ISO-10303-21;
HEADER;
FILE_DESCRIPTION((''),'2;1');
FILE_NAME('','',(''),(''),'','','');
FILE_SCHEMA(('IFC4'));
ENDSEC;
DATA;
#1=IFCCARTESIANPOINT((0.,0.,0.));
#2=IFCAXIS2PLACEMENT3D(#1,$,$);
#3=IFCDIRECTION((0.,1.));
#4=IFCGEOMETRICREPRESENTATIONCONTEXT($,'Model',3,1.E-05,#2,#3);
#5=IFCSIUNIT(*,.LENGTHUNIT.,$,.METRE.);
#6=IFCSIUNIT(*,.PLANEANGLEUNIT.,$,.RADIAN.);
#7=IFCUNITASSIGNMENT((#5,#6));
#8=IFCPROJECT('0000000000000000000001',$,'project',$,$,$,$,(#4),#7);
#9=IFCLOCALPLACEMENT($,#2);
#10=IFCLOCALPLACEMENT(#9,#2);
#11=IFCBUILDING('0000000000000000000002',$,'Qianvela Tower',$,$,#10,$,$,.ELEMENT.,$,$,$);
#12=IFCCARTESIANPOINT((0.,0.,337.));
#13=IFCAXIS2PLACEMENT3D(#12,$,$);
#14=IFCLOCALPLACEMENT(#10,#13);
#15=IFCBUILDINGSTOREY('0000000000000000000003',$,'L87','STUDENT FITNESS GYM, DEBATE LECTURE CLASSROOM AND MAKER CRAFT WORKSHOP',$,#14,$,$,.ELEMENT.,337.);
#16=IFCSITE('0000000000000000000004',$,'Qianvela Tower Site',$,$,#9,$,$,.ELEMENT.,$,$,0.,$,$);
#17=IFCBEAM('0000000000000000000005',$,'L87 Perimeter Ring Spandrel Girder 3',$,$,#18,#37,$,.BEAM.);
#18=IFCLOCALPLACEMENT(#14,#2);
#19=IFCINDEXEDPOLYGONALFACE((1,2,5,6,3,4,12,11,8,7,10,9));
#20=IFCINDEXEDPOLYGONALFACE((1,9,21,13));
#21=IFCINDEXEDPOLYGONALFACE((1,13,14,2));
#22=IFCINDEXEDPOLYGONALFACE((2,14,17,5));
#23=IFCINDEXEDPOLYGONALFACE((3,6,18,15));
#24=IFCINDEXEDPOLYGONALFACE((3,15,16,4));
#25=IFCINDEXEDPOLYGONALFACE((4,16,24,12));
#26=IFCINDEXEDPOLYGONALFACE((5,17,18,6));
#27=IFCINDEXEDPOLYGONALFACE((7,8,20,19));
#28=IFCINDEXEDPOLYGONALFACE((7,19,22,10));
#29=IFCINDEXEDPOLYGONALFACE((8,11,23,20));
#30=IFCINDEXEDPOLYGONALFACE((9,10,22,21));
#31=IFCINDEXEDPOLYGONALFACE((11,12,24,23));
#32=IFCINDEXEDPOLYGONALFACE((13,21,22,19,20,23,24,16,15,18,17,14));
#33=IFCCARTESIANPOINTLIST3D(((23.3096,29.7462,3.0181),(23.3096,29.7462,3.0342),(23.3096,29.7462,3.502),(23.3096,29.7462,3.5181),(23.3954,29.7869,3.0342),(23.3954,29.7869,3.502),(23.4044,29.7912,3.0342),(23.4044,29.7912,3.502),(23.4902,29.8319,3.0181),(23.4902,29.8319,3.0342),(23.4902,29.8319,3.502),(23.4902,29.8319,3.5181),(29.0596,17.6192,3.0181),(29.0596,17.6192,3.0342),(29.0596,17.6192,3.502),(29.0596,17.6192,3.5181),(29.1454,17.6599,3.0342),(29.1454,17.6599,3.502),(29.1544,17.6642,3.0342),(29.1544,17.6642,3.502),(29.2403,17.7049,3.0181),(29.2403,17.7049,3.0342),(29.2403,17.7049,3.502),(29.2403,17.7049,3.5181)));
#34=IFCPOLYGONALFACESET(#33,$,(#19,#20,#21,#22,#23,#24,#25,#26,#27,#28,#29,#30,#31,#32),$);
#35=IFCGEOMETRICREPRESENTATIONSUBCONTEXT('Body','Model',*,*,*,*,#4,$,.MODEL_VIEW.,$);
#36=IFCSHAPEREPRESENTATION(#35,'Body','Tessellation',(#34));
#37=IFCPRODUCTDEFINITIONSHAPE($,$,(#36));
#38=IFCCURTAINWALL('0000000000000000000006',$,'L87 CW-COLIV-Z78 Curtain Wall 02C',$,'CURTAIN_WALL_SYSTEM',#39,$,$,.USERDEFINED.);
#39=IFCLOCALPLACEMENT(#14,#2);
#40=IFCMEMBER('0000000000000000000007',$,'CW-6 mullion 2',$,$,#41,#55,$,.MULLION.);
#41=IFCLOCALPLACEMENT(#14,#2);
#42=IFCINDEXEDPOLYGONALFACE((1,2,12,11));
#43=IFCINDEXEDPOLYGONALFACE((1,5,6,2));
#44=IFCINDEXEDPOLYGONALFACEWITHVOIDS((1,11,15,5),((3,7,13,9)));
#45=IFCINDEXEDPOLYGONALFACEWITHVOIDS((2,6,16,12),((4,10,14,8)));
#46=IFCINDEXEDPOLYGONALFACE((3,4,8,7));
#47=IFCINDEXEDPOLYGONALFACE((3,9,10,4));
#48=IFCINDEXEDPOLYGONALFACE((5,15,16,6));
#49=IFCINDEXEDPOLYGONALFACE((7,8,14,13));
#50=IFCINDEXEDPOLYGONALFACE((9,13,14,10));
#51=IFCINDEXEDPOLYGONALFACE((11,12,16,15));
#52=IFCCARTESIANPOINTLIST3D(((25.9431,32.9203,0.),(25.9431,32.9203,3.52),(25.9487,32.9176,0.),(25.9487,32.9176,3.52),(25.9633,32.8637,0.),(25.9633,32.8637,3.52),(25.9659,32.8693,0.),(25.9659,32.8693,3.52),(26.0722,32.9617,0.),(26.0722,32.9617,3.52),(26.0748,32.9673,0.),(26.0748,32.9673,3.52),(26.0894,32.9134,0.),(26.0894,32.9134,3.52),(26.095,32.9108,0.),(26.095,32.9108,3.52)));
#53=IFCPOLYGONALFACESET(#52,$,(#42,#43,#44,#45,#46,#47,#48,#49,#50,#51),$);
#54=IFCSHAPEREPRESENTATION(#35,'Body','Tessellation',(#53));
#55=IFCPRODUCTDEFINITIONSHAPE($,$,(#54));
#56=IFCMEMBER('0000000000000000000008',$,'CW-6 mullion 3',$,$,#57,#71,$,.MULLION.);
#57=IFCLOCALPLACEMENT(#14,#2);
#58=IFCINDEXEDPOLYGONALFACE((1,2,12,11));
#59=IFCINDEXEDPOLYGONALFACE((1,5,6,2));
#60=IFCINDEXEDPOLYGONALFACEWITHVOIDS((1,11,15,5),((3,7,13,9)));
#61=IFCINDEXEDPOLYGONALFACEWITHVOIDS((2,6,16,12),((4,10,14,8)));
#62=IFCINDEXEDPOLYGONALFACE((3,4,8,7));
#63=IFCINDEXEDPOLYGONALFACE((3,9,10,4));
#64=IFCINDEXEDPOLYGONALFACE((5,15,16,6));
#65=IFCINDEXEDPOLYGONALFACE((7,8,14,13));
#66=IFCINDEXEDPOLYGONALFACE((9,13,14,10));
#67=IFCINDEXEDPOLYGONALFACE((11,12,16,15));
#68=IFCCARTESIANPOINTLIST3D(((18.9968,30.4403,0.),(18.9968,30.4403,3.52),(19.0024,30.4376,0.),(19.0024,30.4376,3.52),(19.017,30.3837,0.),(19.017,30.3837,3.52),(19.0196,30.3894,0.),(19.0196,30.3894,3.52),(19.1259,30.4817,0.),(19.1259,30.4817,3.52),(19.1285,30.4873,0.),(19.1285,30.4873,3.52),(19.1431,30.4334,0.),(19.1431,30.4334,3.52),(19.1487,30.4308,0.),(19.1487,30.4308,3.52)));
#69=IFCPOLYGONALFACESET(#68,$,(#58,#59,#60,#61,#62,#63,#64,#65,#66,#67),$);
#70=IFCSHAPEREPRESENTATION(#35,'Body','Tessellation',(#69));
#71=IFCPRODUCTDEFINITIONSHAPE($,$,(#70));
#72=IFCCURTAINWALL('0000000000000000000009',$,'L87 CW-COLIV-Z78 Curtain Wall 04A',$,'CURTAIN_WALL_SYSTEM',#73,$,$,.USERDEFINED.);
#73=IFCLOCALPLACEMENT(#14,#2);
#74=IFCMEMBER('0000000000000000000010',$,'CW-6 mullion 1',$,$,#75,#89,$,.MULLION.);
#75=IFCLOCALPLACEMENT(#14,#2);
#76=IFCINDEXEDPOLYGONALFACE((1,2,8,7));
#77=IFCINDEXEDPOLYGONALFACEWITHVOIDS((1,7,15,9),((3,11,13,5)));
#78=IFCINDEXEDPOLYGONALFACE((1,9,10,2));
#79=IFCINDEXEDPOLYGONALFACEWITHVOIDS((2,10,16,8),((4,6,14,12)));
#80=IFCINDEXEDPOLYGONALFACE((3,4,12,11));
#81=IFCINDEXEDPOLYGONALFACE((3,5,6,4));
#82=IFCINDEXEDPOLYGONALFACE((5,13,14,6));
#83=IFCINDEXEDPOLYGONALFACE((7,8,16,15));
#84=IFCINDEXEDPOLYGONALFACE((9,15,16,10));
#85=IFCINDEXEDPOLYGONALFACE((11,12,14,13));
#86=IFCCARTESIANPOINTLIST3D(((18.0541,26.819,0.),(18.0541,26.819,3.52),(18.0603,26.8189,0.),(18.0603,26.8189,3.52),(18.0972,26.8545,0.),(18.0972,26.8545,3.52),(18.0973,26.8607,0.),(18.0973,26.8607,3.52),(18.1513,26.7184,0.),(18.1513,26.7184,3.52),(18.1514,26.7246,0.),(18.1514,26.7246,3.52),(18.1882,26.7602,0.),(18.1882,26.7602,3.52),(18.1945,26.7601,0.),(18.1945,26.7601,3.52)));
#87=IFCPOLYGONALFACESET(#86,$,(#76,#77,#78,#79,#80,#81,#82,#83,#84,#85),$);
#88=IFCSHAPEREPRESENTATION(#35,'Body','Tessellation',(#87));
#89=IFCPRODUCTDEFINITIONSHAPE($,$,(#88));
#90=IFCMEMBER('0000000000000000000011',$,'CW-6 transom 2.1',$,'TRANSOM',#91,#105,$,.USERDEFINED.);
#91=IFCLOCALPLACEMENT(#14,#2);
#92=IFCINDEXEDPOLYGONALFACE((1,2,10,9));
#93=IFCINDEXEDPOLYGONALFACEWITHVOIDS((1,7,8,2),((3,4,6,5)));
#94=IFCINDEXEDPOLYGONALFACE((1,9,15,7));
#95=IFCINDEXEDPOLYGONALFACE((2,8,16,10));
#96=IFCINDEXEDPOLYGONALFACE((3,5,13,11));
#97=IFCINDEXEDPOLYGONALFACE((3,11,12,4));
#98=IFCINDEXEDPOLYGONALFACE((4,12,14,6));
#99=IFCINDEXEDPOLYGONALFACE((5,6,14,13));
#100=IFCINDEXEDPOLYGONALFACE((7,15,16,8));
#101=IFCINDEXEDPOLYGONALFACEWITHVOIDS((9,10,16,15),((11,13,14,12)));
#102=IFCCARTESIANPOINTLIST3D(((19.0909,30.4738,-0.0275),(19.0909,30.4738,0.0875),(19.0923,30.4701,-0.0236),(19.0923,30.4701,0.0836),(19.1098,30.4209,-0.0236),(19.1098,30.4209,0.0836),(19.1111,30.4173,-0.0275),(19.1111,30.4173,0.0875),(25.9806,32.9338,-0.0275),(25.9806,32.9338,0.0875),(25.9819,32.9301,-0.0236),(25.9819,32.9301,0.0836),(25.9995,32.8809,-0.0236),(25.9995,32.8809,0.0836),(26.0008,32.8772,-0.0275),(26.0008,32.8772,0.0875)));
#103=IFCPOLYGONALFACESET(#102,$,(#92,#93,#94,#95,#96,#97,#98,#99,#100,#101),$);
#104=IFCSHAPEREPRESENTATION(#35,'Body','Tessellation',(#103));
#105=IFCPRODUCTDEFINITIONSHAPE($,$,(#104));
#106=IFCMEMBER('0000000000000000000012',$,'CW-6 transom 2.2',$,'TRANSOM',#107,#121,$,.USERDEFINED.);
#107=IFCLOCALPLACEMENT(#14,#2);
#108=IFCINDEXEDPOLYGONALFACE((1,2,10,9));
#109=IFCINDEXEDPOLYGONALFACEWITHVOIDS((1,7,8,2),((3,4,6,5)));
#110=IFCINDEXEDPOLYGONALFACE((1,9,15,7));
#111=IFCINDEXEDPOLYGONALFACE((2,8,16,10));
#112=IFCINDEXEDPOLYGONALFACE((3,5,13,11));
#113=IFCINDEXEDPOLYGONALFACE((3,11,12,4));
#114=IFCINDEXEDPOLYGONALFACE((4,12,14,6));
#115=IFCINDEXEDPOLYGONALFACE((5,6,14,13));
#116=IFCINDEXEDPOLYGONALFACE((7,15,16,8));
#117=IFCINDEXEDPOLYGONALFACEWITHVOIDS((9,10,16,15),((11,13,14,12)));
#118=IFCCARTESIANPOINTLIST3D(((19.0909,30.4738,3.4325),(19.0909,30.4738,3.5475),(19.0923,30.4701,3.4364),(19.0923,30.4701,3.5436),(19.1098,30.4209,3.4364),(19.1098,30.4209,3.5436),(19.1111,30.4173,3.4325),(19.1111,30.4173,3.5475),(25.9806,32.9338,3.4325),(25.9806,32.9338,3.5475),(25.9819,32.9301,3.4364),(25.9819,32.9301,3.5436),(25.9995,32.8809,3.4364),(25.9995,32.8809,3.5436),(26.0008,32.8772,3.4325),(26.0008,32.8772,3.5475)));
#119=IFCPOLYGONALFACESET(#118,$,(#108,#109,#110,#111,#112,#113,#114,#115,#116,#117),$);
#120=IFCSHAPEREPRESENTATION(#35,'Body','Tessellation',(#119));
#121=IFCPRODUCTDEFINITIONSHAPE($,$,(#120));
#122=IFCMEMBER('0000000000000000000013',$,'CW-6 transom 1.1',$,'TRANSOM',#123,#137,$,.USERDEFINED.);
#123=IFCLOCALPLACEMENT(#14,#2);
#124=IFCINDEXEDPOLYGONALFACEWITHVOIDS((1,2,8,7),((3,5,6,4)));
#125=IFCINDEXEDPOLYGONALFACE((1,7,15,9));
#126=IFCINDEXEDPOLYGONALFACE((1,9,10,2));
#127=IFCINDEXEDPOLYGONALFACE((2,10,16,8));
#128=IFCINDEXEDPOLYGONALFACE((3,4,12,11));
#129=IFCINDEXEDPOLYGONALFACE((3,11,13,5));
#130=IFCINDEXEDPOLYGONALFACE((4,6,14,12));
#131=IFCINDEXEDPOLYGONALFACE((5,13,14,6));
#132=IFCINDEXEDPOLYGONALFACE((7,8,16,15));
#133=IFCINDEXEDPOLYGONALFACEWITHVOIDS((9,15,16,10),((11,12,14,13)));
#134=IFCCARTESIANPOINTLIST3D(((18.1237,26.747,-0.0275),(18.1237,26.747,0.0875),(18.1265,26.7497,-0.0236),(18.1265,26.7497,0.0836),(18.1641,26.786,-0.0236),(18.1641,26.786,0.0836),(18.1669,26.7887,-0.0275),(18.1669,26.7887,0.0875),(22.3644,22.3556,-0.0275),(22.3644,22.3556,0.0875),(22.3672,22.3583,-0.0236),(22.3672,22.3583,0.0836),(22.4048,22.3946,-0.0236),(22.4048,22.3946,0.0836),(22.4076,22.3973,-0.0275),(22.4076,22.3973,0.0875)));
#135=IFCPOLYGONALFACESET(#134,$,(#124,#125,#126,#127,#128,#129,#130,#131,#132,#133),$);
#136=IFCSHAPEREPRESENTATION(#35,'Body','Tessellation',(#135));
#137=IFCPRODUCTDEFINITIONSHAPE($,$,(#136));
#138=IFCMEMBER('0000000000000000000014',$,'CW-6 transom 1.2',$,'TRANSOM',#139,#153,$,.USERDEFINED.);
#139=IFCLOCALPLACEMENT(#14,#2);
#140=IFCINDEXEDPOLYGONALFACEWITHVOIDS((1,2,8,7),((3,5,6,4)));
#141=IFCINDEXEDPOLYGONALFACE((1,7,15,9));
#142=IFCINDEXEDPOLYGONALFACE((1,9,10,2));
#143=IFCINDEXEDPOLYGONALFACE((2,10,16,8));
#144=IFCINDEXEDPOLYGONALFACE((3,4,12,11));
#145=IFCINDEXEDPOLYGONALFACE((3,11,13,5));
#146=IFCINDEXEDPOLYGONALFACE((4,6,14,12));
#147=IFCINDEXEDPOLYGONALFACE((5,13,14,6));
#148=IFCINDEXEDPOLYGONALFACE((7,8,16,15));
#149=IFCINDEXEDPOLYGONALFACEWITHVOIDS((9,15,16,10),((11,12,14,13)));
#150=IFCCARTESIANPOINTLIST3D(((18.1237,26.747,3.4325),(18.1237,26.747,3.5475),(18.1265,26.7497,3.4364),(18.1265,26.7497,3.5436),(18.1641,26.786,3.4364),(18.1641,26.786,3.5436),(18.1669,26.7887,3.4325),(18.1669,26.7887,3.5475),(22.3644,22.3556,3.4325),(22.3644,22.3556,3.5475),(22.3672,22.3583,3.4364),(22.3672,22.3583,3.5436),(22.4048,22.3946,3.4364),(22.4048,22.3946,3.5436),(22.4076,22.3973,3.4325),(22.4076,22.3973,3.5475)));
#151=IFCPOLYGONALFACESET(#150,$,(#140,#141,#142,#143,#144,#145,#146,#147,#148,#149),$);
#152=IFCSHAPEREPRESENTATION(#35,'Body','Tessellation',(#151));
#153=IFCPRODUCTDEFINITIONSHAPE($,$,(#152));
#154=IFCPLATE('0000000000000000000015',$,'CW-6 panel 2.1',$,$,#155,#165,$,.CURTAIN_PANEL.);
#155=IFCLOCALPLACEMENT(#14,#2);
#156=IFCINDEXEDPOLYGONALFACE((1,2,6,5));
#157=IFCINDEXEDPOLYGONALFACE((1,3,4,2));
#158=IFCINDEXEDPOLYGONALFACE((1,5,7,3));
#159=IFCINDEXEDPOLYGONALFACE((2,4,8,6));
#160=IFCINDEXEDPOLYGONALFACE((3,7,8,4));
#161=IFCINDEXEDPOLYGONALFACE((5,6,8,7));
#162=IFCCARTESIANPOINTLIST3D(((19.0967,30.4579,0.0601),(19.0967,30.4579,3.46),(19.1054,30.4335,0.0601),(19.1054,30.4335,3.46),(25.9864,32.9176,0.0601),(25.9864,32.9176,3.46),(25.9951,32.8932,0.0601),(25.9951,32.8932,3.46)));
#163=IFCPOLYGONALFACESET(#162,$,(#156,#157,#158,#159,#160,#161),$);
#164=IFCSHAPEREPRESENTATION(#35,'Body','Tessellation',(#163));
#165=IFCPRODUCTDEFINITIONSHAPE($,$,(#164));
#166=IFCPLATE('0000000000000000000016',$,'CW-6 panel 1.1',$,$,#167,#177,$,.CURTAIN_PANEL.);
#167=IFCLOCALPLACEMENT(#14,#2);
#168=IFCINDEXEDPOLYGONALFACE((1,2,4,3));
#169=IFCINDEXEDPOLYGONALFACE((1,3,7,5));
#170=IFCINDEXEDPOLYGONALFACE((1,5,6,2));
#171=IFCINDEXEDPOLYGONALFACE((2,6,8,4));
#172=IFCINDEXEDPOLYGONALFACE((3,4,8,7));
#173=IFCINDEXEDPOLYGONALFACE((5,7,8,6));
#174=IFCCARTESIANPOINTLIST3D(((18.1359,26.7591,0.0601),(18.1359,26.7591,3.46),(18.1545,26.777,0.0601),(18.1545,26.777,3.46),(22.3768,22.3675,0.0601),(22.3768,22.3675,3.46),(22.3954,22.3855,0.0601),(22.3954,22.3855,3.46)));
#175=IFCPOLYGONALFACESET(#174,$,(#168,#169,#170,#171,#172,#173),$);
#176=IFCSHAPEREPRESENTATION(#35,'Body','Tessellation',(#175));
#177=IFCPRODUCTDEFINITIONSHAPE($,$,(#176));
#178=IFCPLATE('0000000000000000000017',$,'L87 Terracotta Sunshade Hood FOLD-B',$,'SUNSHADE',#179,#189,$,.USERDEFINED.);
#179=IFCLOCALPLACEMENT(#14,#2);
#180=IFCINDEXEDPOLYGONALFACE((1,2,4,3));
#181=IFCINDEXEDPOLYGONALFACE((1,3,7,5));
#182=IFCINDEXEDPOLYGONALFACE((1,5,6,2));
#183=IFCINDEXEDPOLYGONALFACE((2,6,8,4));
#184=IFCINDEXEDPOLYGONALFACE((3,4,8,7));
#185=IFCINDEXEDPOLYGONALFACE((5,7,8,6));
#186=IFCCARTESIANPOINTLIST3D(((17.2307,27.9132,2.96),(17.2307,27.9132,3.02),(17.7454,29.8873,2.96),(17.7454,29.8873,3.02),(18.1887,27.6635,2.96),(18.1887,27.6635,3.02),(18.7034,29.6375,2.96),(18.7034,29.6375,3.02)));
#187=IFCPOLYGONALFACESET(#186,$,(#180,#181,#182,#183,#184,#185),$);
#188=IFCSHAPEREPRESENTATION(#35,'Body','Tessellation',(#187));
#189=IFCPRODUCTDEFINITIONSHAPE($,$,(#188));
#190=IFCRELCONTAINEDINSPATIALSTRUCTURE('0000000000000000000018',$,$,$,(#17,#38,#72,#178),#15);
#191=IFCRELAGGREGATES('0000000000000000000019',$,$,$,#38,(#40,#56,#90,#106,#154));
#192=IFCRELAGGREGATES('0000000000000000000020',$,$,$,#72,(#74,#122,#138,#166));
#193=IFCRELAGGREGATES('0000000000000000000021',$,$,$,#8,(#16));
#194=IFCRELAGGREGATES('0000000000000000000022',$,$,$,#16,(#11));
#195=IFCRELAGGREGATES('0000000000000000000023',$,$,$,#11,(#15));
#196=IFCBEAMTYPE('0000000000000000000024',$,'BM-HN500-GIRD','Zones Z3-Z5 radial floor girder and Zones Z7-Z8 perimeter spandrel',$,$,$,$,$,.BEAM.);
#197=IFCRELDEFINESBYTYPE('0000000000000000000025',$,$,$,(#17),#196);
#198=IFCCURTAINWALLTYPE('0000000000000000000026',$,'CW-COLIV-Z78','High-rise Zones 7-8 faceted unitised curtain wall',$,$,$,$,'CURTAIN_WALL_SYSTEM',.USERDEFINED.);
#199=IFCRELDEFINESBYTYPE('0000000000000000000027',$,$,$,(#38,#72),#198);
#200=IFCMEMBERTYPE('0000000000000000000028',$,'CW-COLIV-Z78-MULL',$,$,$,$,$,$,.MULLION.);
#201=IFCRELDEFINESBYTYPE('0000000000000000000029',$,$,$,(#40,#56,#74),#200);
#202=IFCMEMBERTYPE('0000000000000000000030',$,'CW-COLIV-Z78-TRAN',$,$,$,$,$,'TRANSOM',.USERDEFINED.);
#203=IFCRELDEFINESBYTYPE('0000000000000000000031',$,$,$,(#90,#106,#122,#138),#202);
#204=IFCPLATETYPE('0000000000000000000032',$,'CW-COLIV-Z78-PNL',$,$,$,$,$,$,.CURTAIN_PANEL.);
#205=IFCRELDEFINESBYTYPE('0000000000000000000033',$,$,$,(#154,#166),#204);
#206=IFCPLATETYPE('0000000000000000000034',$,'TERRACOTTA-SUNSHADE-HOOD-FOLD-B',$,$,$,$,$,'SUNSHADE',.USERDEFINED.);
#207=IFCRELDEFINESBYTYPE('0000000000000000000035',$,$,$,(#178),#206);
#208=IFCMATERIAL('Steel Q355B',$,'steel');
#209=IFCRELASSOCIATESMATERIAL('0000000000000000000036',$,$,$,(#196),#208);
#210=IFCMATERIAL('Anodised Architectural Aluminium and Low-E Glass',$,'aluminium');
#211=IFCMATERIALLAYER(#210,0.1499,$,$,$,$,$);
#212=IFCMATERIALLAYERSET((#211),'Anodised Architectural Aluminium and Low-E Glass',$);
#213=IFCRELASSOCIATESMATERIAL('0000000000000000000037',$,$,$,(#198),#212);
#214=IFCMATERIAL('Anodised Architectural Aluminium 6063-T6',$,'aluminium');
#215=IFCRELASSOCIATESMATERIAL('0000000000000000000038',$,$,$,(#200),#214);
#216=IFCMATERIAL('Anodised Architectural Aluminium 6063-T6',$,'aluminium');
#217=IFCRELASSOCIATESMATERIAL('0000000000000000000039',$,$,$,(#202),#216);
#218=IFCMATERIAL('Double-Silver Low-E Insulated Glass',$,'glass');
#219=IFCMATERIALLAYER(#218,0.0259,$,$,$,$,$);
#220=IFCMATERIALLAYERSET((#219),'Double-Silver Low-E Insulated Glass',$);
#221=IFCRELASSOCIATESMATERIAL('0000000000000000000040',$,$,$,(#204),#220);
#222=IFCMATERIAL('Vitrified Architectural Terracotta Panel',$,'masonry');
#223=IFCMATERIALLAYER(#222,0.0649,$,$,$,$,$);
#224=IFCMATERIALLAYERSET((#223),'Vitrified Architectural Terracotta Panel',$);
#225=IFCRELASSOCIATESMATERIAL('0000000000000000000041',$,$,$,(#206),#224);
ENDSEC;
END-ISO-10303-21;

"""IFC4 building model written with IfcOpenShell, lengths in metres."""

from ifc_helpers import new_model, si_unit, direction, frame, origin, origin_2d, place, context, subcontext, project, spatial, rectangle, hollow_rectangle, i_section, extrude, material, layer, layer_set, material_profile, profile_set, type_object, element, aggregate, save


model = new_model("IFC4")

# Units and contexts
model_context = context("Model", 3, precision=1e-05, world=origin(), true_north=direction((0.0, 1.0)))
body_context = subcontext(model_context, "Body", "Model", "MODEL_VIEW")
ifc_project = project(units=[si_unit("LENGTHUNIT", "METRE"), si_unit("PLANEANGLEUNIT", "RADIAN")], contexts=[model_context])

# Site, building, storey
site_placement = place(None, origin())
site = spatial("IfcSite", under=ifc_project, at=site_placement, Name="Qianvela Tower Site", CompositionType="ELEMENT", RefElevation=0.0)
building_placement = place(site_placement, origin())
building = spatial("IfcBuilding", under=site, at=building_placement, Name="Qianvela Tower", CompositionType="ELEMENT")
storey_placement = place(building_placement, frame((0.0, 0.0, 337.0)))
storey = spatial("IfcBuildingStorey", under=building, at=storey_placement, Name="L87", Description="STUDENT FITNESS GYM, DEBATE LECTURE CLASSROOM AND MAKER CRAFT WORKSHOP", CompositionType="ELEMENT", Elevation=337.0)

# Beam
ifc_material_1 = material(Name="Steel Q355B", Category="steel")
ifc_material_profile_1 = material_profile(ifc_material_1, i_section(OverallWidth=0.2, OverallDepth=0.5, WebThickness=0.01, FlangeThickness=0.0161, at=origin_2d()), Name="HN500x200x10x16")
ifc_profile_set_1 = profile_set([ifc_material_profile_1], Name="Steel Q355B")
beam_type_1 = type_object("IfcBeamType", Name="BM-HN500-GIRD", Description="Zones Z3-Z5 radial floor girder and Zones Z7-Z8 perimeter spandrel", PredefinedType="BEAM", material=ifc_profile_set_1)
beam_1_placement = place(storey_placement, frame((23.3999, 29.7891, 3.2681), z_axis=(0.42843, -0.903575, 0.0), x_axis=(0.903575, 0.42843, 0.0)))
element("IfcBeam", 1, at=beam_1_placement, inside=storey, type_object=beam_type_1, Name="L87 Perimeter Ring Spandrel Girder 3", PredefinedType="BEAM", context=body_context, shape_type="SweptSolid", body=[
    extrude(i_section(OverallWidth=0.2, OverallDepth=0.5, WebThickness=0.01, FlangeThickness=0.0161, at=origin_2d()), origin(), (0.0, 0.0, 1.0), 13.4211),
])

# Curtain wall, members
ifc_material_2 = material(Name="Anodised Architectural Aluminium and Low-E Glass", Category="aluminium")
ifc_layer_1 = layer(ifc_material_2, 0.1499)
ifc_layer_set_1 = layer_set([ifc_layer_1], Name="Anodised Architectural Aluminium and Low-E Glass")
curtain_wall_type = type_object("IfcCurtainWallType", Name="CW-COLIV-Z78", Description="High-rise Zones 7-8 faceted unitised curtain wall", ElementType="CURTAIN_WALL_SYSTEM", PredefinedType="USERDEFINED", material=ifc_layer_set_1)
curtain_wall_1_placement = place(storey_placement, origin())
curtain_wall_1 = element("IfcCurtainWall", 2, at=curtain_wall_1_placement, inside=storey, type_object=curtain_wall_type, Name="L87 CW-COLIV-Z78 Curtain Wall 02C", ObjectType="CURTAIN_WALL_SYSTEM", PredefinedType="USERDEFINED")
ifc_material_3 = material(Name="Anodised Architectural Aluminium 6063-T6", Category="aluminium")
ifc_material_profile_2 = material_profile(ifc_material_3, hollow_rectangle(XDim=0.0601, YDim=0.1399, WallThickness=0.0044, at=origin_2d()), Name="ALU-MULL-60x140")
ifc_profile_set_2 = profile_set([ifc_material_profile_2], Name="Anodised Architectural Aluminium 6063-T6")
member_type_1 = type_object("IfcMemberType", Name="CW-COLIV-Z78-MULL", PredefinedType="MULLION", material=ifc_profile_set_2)
member_1_placement = place(storey_placement, frame((26.019, 32.9155, 0.0), z_axis=(0.0, 0.0, 1.0), x_axis=(0.336229, -0.94178, 0.0)))
member_1 = element("IfcMember", 3, at=member_1_placement, type_object=member_type_1, Name="CW-6 mullion 2", PredefinedType="MULLION", context=body_context, shape_type="SweptSolid", body=[
    extrude(hollow_rectangle(XDim=0.0601, YDim=0.1399, WallThickness=0.0044, at=origin_2d()), origin(), (0.0, 0.0, 1.0), 3.52),
])
member_2_placement = place(storey_placement, frame((19.0728, 30.4355, 0.0), z_axis=(0.0, 0.0, 1.0), x_axis=(0.336229, -0.94178, 0.0)))
member_2 = element("IfcMember", 4, at=member_2_placement, type_object=member_type_1, Name="CW-6 mullion 3", PredefinedType="MULLION", context=body_context, shape_type="SweptSolid", body=[
    extrude(hollow_rectangle(XDim=0.0601, YDim=0.1399, WallThickness=0.0044, at=origin_2d()), origin(), (0.0, 0.0, 1.0), 3.52),
])

# Curtain wall, member
curtain_wall_2_placement = place(storey_placement, origin())
curtain_wall_2 = element("IfcCurtainWall", 5, at=curtain_wall_2_placement, inside=storey, type_object=curtain_wall_type, Name="L87 CW-COLIV-Z78 Curtain Wall 04A", ObjectType="CURTAIN_WALL_SYSTEM", PredefinedType="USERDEFINED")
member_3_placement = place(storey_placement, frame((18.1243, 26.7896, 0.0), z_axis=(0.0, 0.0, 1.0), x_axis=(0.71934, 0.694658, 0.0)))
member_3 = element("IfcMember", 6, at=member_3_placement, type_object=member_type_1, Name="CW-6 mullion 1", PredefinedType="MULLION", context=body_context, shape_type="SweptSolid", body=[
    extrude(hollow_rectangle(XDim=0.0601, YDim=0.1399, WallThickness=0.0044, at=origin_2d()), origin(), (0.0, 0.0, 1.0), 3.52),
])

# Members
ifc_material_4 = material(Name="Anodised Architectural Aluminium 6063-T6", Category="aluminium")
ifc_material_profile_3 = material_profile(ifc_material_4, hollow_rectangle(XDim=0.0601, YDim=0.115, WallThickness=0.0039, at=origin_2d()), Name="ALU-TRAN-60x115")
ifc_profile_set_3 = profile_set([ifc_material_profile_3], Name="Anodised Architectural Aluminium 6063-T6")
member_type_2 = type_object("IfcMemberType", Name="CW-COLIV-Z78-TRAN", ElementType="TRANSOM", PredefinedType="USERDEFINED", material=ifc_profile_set_3)
member_4_placement = place(storey_placement, frame((25.9907, 32.9055, 0.03), z_axis=(-0.941769, -0.33626, 0.0), x_axis=(0.33626, -0.941769, 0.0)))
member_4 = element("IfcMember", 7, at=member_4_placement, type_object=member_type_2, Name="CW-6 transom 2.1", ObjectType="TRANSOM", PredefinedType="USERDEFINED", context=body_context, shape_type="SweptSolid", body=[
    extrude(hollow_rectangle(XDim=0.0601, YDim=0.115, WallThickness=0.0039, at=origin_2d()), origin(), (0.0, 0.0, 1.0), 7.3157),
])
member_5_placement = place(storey_placement, frame((25.9907, 32.9055, 3.49), z_axis=(-0.941769, -0.33626, 0.0), x_axis=(0.33626, -0.941769, 0.0)))
member_5 = element("IfcMember", 8, at=member_5_placement, type_object=member_type_2, Name="CW-6 transom 2.2", ObjectType="TRANSOM", PredefinedType="USERDEFINED", context=body_context, shape_type="SweptSolid", body=[
    extrude(hollow_rectangle(XDim=0.0601, YDim=0.115, WallThickness=0.0039, at=origin_2d()), origin(), (0.0, 0.0, 1.0), 7.3157),
])
member_6_placement = place(storey_placement, frame((18.1453, 26.7678, 0.03), z_axis=(0.694662, -0.719337, 0.0), x_axis=(0.719337, 0.694662, 0.0)))
member_6 = element("IfcMember", 9, at=member_6_placement, type_object=member_type_2, Name="CW-6 transom 1.1", ObjectType="TRANSOM", PredefinedType="USERDEFINED", context=body_context, shape_type="SweptSolid", body=[
    extrude(hollow_rectangle(XDim=0.0601, YDim=0.115, WallThickness=0.0039, at=origin_2d()), origin(), (0.0, 0.0, 1.0), 6.1047),
])
member_7_placement = place(storey_placement, frame((18.1453, 26.7678, 3.49), z_axis=(0.694662, -0.719337, 0.0), x_axis=(0.719337, 0.694662, 0.0)))
member_7 = element("IfcMember", 10, at=member_7_placement, type_object=member_type_2, Name="CW-6 transom 1.2", ObjectType="TRANSOM", PredefinedType="USERDEFINED", context=body_context, shape_type="SweptSolid", body=[
    extrude(hollow_rectangle(XDim=0.0601, YDim=0.115, WallThickness=0.0039, at=origin_2d()), origin(), (0.0, 0.0, 1.0), 6.1047),
])

# Plates
ifc_material_5 = material(Name="Double-Silver Low-E Insulated Glass", Category="glass")
ifc_layer_2 = layer(ifc_material_5, 0.0259)
ifc_layer_set_2 = layer_set([ifc_layer_2], Name="Double-Silver Low-E Insulated Glass")
plate_type_1 = type_object("IfcPlateType", Name="CW-COLIV-Z78-PNL", PredefinedType="CURTAIN_PANEL", material=ifc_layer_set_2)
plate_1_placement = place(storey_placement, frame((22.5459, 31.6755, 0.0601), z_axis=(0.0, 0.0, 1.0), x_axis=(-0.94178, -0.336229, 0.0)))
plate_1 = element("IfcPlate", 11, at=plate_1_placement, type_object=plate_type_1, Name="CW-6 panel 2.1", PredefinedType="CURTAIN_PANEL", context=body_context, shape_type="SweptSolid", body=[
    extrude(rectangle(XDim=7.3157, YDim=0.0259, at=origin_2d()), origin(), (0.0, 0.0, 1.0), 3.3999),
])
aggregate(curtain_wall_1, [member_1, member_2, member_4, member_5, plate_1])
plate_2_placement = place(storey_placement, frame((20.2656, 24.5723, 0.0601), z_axis=(0.0, 0.0, 1.0), x_axis=(0.694658, -0.71934, 0.0)))
plate_2 = element("IfcPlate", 12, at=plate_2_placement, type_object=plate_type_1, Name="CW-6 panel 1.1", PredefinedType="CURTAIN_PANEL", context=body_context, shape_type="SweptSolid", body=[
    extrude(rectangle(XDim=6.105, YDim=0.0259, at=origin_2d()), origin(), (0.0, 0.0, 1.0), 3.3999),
])
aggregate(curtain_wall_2, [member_3, member_6, member_7, plate_2])

# Plate
ifc_material_6 = material(Name="Vitrified Architectural Terracotta Panel", Category="masonry")
ifc_layer_3 = layer(ifc_material_6, 0.0649)
ifc_layer_set_3 = layer_set([ifc_layer_3], Name="Vitrified Architectural Terracotta Panel")
plate_type_2 = type_object("IfcPlateType", Name="TERRACOTTA-SUNSHADE-HOOD-FOLD-B", ElementType="SUNSHADE", PredefinedType="USERDEFINED", material=ifc_layer_set_3)
plate_3_placement = place(storey_placement, frame((17.967, 28.7754, 2.96), z_axis=(0.0, 0.0, 1.0), x_axis=(-0.252291, -0.967652, 0.0)))
element("IfcPlate", 13, at=plate_3_placement, inside=storey, type_object=plate_type_2, Name="L87 Terracotta Sunshade Hood FOLD-B", ObjectType="SUNSHADE", PredefinedType="USERDEFINED", context=body_context, shape_type="SweptSolid", body=[
    extrude(rectangle(XDim=2.04, YDim=0.99, at=origin_2d()), origin(), (0.0, 0.0, 1.0), 0.0601),
])

save(model, "model.ifc")
